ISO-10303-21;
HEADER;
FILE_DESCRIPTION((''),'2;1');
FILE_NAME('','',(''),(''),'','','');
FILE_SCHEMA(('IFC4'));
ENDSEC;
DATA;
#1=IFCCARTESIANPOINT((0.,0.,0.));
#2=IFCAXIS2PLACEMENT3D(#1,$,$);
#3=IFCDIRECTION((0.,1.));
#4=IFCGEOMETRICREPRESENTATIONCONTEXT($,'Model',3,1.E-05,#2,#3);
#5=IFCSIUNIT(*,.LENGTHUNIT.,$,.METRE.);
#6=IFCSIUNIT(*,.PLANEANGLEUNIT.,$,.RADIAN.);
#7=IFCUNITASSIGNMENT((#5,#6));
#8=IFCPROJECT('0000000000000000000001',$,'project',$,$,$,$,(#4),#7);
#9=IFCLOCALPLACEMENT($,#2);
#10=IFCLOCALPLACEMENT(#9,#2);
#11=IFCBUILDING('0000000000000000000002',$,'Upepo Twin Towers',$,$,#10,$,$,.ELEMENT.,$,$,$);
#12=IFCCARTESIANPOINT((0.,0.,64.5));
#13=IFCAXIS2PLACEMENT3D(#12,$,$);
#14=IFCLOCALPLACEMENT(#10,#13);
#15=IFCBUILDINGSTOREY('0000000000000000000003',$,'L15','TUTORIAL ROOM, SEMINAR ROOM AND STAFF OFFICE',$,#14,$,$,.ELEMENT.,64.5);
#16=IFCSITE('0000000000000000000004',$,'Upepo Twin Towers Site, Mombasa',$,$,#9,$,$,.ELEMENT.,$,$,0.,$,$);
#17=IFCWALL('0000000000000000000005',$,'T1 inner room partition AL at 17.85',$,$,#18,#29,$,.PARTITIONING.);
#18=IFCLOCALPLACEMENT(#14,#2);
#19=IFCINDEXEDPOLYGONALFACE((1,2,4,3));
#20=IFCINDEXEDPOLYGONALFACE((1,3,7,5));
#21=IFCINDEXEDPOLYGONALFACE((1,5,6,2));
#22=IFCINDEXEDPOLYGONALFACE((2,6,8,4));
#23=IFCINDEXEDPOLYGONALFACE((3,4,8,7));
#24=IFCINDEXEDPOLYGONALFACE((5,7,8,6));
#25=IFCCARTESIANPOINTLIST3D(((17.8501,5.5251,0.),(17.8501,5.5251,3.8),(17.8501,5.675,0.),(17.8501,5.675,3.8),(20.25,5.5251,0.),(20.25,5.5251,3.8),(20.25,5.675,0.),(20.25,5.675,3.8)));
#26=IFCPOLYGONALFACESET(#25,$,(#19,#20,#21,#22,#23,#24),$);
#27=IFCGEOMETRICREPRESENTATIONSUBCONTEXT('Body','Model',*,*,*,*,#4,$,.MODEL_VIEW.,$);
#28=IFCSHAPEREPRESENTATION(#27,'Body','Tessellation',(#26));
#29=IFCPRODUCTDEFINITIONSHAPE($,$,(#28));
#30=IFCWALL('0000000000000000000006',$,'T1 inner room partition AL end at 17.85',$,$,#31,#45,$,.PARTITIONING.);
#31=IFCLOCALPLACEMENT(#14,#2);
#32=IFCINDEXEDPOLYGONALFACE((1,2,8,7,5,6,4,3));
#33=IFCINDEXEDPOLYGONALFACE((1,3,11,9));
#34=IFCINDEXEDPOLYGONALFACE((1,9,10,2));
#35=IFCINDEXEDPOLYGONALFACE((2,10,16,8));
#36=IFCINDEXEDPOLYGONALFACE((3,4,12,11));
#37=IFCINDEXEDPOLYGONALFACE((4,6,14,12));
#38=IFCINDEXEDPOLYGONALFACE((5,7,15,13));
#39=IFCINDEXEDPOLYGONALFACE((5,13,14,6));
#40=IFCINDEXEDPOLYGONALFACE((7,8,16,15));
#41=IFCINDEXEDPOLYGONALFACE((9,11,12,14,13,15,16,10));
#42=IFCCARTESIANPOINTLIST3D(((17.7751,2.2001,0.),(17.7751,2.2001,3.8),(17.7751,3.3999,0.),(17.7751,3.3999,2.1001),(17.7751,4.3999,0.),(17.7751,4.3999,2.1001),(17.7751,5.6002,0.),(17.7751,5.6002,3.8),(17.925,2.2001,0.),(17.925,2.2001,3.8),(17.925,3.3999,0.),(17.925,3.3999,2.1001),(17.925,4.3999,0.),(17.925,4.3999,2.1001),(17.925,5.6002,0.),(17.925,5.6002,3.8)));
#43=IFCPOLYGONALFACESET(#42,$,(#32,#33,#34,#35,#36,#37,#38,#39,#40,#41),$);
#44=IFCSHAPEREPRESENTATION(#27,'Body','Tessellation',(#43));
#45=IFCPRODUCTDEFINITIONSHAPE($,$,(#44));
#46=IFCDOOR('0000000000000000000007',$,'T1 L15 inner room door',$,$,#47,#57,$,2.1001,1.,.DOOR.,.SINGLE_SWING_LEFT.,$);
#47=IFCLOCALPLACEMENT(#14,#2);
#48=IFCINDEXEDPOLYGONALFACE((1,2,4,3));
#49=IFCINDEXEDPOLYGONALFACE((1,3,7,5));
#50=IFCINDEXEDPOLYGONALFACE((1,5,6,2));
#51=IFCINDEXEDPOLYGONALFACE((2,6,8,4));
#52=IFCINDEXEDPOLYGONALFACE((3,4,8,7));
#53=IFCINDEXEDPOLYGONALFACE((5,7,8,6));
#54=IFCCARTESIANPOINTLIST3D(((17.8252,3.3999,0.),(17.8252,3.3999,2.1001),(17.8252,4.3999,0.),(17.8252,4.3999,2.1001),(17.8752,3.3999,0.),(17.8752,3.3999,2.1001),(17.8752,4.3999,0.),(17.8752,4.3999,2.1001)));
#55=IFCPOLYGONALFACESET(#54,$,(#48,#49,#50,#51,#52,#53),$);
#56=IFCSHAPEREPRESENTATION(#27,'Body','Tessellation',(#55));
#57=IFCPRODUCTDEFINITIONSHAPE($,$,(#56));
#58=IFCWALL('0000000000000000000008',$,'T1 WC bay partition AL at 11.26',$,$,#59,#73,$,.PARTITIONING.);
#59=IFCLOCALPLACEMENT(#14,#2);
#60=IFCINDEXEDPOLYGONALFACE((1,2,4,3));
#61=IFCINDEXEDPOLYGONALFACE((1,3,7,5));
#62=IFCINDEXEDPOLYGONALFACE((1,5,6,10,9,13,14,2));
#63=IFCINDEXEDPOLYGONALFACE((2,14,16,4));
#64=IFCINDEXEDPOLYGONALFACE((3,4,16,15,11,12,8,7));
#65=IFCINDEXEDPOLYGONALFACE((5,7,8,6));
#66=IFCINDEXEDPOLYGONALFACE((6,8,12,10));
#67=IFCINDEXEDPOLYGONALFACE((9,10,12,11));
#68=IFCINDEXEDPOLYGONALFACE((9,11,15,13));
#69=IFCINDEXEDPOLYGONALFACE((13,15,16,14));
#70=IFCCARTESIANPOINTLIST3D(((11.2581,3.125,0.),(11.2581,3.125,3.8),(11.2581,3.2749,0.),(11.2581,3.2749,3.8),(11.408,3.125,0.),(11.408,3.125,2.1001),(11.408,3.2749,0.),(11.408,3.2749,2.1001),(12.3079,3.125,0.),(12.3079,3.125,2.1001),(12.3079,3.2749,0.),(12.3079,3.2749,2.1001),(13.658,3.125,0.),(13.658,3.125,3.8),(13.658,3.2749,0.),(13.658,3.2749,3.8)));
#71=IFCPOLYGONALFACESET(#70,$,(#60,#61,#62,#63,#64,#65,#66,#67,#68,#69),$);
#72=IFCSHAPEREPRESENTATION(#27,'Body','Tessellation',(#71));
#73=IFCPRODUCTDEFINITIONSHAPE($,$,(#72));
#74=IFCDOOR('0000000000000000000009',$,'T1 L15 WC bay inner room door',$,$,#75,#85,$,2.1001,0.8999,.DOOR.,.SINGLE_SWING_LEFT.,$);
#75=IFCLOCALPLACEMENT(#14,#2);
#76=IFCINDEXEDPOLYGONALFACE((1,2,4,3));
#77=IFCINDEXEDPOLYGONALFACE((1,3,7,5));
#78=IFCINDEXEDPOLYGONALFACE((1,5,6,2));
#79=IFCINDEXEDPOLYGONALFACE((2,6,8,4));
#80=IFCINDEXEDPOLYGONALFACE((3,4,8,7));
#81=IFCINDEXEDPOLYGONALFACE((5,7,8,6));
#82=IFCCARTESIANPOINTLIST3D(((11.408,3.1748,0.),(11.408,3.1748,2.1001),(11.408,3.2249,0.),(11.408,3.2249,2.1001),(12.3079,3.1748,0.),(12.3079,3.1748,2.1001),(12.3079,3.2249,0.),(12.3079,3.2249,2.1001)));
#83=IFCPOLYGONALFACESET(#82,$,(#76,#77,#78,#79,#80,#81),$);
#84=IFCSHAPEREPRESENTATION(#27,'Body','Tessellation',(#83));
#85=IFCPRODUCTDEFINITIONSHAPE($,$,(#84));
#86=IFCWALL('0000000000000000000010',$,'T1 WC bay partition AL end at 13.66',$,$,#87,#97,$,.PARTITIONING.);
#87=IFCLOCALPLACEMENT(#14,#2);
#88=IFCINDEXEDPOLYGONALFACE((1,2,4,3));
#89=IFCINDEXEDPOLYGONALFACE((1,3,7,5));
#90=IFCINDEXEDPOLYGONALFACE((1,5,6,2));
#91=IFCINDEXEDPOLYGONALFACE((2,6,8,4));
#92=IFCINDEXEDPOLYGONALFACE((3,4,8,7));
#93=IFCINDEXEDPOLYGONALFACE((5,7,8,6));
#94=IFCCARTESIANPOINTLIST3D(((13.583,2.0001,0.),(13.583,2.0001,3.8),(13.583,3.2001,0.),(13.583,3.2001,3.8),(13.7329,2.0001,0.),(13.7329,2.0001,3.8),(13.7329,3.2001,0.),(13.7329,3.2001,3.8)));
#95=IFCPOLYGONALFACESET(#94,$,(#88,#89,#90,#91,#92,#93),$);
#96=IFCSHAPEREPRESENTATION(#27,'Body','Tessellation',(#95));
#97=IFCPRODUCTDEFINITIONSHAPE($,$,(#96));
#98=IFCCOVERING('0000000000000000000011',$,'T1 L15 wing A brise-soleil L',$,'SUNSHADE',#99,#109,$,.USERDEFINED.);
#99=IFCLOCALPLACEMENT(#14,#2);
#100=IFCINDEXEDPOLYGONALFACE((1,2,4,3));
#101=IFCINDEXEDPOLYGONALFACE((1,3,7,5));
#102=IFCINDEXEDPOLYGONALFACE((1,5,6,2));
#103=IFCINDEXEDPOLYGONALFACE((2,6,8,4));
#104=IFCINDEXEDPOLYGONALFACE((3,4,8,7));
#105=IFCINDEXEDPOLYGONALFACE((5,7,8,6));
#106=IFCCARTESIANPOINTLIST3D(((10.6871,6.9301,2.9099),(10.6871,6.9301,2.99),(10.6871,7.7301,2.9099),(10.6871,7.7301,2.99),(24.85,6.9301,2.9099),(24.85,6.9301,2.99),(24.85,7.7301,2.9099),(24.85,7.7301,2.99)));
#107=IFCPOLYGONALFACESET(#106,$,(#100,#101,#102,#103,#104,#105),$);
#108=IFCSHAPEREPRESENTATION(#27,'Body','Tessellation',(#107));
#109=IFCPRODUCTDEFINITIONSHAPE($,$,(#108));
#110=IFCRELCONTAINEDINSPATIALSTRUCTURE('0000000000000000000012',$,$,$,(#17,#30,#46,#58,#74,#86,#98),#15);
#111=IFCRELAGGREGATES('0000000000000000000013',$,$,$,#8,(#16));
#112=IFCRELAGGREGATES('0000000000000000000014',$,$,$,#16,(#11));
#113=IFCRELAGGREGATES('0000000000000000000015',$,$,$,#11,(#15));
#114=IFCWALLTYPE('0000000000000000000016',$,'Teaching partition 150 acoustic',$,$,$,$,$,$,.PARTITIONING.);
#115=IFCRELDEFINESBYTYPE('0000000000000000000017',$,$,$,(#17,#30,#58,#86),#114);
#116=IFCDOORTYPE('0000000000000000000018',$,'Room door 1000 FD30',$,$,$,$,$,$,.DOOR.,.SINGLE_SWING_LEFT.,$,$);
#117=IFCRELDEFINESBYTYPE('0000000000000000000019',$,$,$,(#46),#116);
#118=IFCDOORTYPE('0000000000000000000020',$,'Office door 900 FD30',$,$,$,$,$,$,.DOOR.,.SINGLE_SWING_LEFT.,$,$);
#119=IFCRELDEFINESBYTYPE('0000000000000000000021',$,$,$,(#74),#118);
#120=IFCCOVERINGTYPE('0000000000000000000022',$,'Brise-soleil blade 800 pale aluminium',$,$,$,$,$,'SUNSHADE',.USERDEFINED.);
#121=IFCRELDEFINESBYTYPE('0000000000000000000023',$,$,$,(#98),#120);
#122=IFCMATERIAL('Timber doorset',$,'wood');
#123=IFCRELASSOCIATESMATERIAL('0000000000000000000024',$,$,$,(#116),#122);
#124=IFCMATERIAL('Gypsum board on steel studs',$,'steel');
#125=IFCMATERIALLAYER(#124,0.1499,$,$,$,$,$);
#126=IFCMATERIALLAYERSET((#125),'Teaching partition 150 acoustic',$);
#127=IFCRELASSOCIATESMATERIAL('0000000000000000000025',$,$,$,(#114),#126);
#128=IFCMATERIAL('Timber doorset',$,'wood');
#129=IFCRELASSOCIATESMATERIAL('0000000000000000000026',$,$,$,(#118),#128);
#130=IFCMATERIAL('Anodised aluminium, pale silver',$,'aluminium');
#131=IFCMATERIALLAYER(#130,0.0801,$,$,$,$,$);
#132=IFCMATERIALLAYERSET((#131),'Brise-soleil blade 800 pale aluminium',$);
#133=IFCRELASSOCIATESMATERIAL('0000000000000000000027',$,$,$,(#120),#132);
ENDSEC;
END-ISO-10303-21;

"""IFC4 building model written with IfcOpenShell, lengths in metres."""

from ifc_helpers import new_model, si_unit, direction, frame, frame_2d, origin, origin_2d, place, context, subcontext, project, spatial, rectangle, extrude, material, layer, layer_set, type_object, element, fill, save


model = new_model("IFC4")

# Units and contexts
model_context = context("Model", 3, precision=1e-05, world=origin(), true_north=direction((0.0, 1.0)))
body_context = subcontext(model_context, "Body", "Model", "MODEL_VIEW")
ifc_project = project(units=[si_unit("LENGTHUNIT", "METRE"), si_unit("PLANEANGLEUNIT", "RADIAN")], contexts=[model_context])

# Site, building, storey
site_placement = place(None, origin())
site = spatial("IfcSite", under=ifc_project, at=site_placement, Name="Upepo Twin Towers Site, Mombasa", CompositionType="ELEMENT", RefElevation=0.0)
building_placement = place(site_placement, origin())
building = spatial("IfcBuilding", under=site, at=building_placement, Name="Upepo Twin Towers", CompositionType="ELEMENT")
storey_placement = place(building_placement, frame((0.0, 0.0, 64.5)))
storey = spatial("IfcBuildingStorey", under=building, at=storey_placement, Name="L15", Description="TUTORIAL ROOM, SEMINAR ROOM AND STAFF OFFICE", CompositionType="ELEMENT", Elevation=64.5)

# Shared definitions
ifc_material_1 = material(Name="Timber doorset", Category="wood")
door_type_1 = type_object("IfcDoorType", Name="Room door 1000 FD30", OperationType="SINGLE_SWING_LEFT", PredefinedType="DOOR", material=ifc_material_1)

# Wall
ifc_material_2 = material(Name="Gypsum board on steel studs", Category="steel")
ifc_layer_1 = layer(ifc_material_2, 0.1499)
ifc_layer_set_1 = layer_set([ifc_layer_1], Name="Teaching partition 150 acoustic")
wall_type_1 = type_object("IfcWallType", Name="Teaching partition 150 acoustic", PredefinedType="PARTITIONING", material=ifc_layer_set_1)
wall_1_placement = place(storey_placement, frame((17.8501, 5.6001, 0.0), z_axis=(0.0, 0.0, 1.0), x_axis=(1.0, 0.0, 0.0)))
element("IfcWall", 1, at=wall_1_placement, inside=storey, type_object=wall_type_1, Name="T1 inner room partition AL at 17.85", PredefinedType="PARTITIONING", context=body_context, shape_type="SweptSolid", body=[
    extrude(rectangle(XDim=2.3999, YDim=0.1499, at=frame_2d((1.2, 0.0))), origin(), (0.0, 0.0, 1.0), 3.8),
])

# Walls, openings, doors
wall_2_placement = place(storey_placement, frame((17.8501, 2.2, 0.0), z_axis=(0.0, 0.0, 1.0), x_axis=(0.0, 1.0, 0.0)))
wall_2 = element("IfcWall", 2, at=wall_2_placement, inside=storey, type_object=wall_type_1, Name="T1 inner room partition AL end at 17.85", PredefinedType="PARTITIONING", context=body_context, shape_type="SweptSolid", body=[
    extrude(rectangle(XDim=3.4001, YDim=0.1499, at=frame_2d((1.7002, 0.0))), origin(), (0.0, 0.0, 1.0), 3.8),
])
opening_1_placement = place(wall_2_placement, frame((1.2, 0.0, 0.0)))
opening_1 = element("IfcOpeningElement", 3, at=opening_1_placement, cuts=wall_2, PredefinedType="OPENING", context=body_context, shape_type="SweptSolid", body=[
    extrude(rectangle(XDim=1.0, YDim=2.1001, at=frame_2d((0.5, 1.05))), frame((0.0, 0.085, 0.0), z_axis=(0.0, -1.0, 0.0), x_axis=(1.0, 0.0, 0.0)), (0.0, 0.0, 1.0), 0.1699),
])
door_1_placement = place(opening_1_placement, origin())
door_1 = element("IfcDoor", 4, at=door_1_placement, inside=storey, type_object=door_type_1, Name="T1 L15 inner room door", OperationType="SINGLE_SWING_LEFT", OverallHeight=2.1001, OverallWidth=1.0, PredefinedType="DOOR", context=body_context, shape_type="SweptSolid", body=[
    extrude(rectangle(XDim=1.0, YDim=2.1001, at=frame_2d((0.5, 1.05))), frame((0.0, 0.0249, 0.0), z_axis=(0.0, -1.0, 0.0), x_axis=(1.0, 0.0, 0.0)), (0.0, 0.0, 1.0), 0.05),
])
fill(opening_1, door_1)
wall_3_placement = place(storey_placement, frame((11.2581, 3.2, 0.0), z_axis=(0.0, 0.0, 1.0), x_axis=(1.0, 0.0, 0.0)))
wall_3 = element("IfcWall", 5, at=wall_3_placement, inside=storey, type_object=wall_type_1, Name="T1 WC bay partition AL at 11.26", PredefinedType="PARTITIONING", context=body_context, shape_type="SweptSolid", body=[
    extrude(rectangle(XDim=2.3999, YDim=0.1499, at=frame_2d((1.2, 0.0))), origin(), (0.0, 0.0, 1.0), 3.8),
])
opening_2_placement = place(wall_3_placement, frame((0.1499, 0.0, 0.0)))
opening_2 = element("IfcOpeningElement", 6, at=opening_2_placement, cuts=wall_3, PredefinedType="OPENING", context=body_context, shape_type="SweptSolid", body=[
    extrude(rectangle(XDim=0.8999, YDim=2.1001, at=frame_2d((0.45, 1.05))), frame((0.0, 0.085, 0.0), z_axis=(0.0, -1.0, 0.0), x_axis=(1.0, 0.0, 0.0)), (0.0, 0.0, 1.0), 0.1699),
])
ifc_material_3 = material(Name="Timber doorset", Category="wood")
door_type_2 = type_object("IfcDoorType", Name="Office door 900 FD30", OperationType="SINGLE_SWING_LEFT", PredefinedType="DOOR", material=ifc_material_3)
door_2_placement = place(opening_2_placement, origin())
door_2 = element("IfcDoor", 7, at=door_2_placement, inside=storey, type_object=door_type_2, Name="T1 L15 WC bay inner room door", OperationType="SINGLE_SWING_LEFT", OverallHeight=2.1001, OverallWidth=0.8999, PredefinedType="DOOR", context=body_context, shape_type="SweptSolid", body=[
    extrude(rectangle(XDim=0.8999, YDim=2.1001, at=frame_2d((0.45, 1.05))), frame((0.0, 0.0249, 0.0), z_axis=(0.0, -1.0, 0.0), x_axis=(1.0, 0.0, 0.0)), (0.0, 0.0, 1.0), 0.05),
])
fill(opening_2, door_2)

# Wall
wall_4_placement = place(storey_placement, frame((13.658, 2.0, 0.0), z_axis=(0.0, 0.0, 1.0), x_axis=(0.0, 1.0, 0.0)))
element("IfcWall", 8, at=wall_4_placement, inside=storey, type_object=wall_type_1, Name="T1 WC bay partition AL end at 13.66", PredefinedType="PARTITIONING", context=body_context, shape_type="SweptSolid", body=[
    extrude(rectangle(XDim=1.2, YDim=0.1499, at=frame_2d((0.6001, 0.0))), origin(), (0.0, 0.0, 1.0), 3.8),
])

# Covering
ifc_material_4 = material(Name="Anodised aluminium, pale silver", Category="aluminium")
ifc_layer_2 = layer(ifc_material_4, 0.0801)
ifc_layer_set_2 = layer_set([ifc_layer_2], Name="Brise-soleil blade 800 pale aluminium")
covering_type = type_object("IfcCoveringType", Name="Brise-soleil blade 800 pale aluminium", ElementType="SUNSHADE", PredefinedType="USERDEFINED", material=ifc_layer_set_2)
covering_placement = place(storey_placement, frame((17.7686, 7.3301, 2.9099), z_axis=(0.0, 0.0, 1.0), x_axis=(1.0, 0.0, 0.0)))
element("IfcCovering", 9, at=covering_placement, inside=storey, type_object=covering_type, Name="T1 L15 wing A brise-soleil L", ObjectType="SUNSHADE", PredefinedType="USERDEFINED", context=body_context, shape_type="SweptSolid", body=[
    extrude(rectangle(XDim=14.1628, YDim=0.8, at=origin_2d()), origin(), (0.0, 0.0, 1.0), 0.0801),
])

save(model, "model.ifc")
